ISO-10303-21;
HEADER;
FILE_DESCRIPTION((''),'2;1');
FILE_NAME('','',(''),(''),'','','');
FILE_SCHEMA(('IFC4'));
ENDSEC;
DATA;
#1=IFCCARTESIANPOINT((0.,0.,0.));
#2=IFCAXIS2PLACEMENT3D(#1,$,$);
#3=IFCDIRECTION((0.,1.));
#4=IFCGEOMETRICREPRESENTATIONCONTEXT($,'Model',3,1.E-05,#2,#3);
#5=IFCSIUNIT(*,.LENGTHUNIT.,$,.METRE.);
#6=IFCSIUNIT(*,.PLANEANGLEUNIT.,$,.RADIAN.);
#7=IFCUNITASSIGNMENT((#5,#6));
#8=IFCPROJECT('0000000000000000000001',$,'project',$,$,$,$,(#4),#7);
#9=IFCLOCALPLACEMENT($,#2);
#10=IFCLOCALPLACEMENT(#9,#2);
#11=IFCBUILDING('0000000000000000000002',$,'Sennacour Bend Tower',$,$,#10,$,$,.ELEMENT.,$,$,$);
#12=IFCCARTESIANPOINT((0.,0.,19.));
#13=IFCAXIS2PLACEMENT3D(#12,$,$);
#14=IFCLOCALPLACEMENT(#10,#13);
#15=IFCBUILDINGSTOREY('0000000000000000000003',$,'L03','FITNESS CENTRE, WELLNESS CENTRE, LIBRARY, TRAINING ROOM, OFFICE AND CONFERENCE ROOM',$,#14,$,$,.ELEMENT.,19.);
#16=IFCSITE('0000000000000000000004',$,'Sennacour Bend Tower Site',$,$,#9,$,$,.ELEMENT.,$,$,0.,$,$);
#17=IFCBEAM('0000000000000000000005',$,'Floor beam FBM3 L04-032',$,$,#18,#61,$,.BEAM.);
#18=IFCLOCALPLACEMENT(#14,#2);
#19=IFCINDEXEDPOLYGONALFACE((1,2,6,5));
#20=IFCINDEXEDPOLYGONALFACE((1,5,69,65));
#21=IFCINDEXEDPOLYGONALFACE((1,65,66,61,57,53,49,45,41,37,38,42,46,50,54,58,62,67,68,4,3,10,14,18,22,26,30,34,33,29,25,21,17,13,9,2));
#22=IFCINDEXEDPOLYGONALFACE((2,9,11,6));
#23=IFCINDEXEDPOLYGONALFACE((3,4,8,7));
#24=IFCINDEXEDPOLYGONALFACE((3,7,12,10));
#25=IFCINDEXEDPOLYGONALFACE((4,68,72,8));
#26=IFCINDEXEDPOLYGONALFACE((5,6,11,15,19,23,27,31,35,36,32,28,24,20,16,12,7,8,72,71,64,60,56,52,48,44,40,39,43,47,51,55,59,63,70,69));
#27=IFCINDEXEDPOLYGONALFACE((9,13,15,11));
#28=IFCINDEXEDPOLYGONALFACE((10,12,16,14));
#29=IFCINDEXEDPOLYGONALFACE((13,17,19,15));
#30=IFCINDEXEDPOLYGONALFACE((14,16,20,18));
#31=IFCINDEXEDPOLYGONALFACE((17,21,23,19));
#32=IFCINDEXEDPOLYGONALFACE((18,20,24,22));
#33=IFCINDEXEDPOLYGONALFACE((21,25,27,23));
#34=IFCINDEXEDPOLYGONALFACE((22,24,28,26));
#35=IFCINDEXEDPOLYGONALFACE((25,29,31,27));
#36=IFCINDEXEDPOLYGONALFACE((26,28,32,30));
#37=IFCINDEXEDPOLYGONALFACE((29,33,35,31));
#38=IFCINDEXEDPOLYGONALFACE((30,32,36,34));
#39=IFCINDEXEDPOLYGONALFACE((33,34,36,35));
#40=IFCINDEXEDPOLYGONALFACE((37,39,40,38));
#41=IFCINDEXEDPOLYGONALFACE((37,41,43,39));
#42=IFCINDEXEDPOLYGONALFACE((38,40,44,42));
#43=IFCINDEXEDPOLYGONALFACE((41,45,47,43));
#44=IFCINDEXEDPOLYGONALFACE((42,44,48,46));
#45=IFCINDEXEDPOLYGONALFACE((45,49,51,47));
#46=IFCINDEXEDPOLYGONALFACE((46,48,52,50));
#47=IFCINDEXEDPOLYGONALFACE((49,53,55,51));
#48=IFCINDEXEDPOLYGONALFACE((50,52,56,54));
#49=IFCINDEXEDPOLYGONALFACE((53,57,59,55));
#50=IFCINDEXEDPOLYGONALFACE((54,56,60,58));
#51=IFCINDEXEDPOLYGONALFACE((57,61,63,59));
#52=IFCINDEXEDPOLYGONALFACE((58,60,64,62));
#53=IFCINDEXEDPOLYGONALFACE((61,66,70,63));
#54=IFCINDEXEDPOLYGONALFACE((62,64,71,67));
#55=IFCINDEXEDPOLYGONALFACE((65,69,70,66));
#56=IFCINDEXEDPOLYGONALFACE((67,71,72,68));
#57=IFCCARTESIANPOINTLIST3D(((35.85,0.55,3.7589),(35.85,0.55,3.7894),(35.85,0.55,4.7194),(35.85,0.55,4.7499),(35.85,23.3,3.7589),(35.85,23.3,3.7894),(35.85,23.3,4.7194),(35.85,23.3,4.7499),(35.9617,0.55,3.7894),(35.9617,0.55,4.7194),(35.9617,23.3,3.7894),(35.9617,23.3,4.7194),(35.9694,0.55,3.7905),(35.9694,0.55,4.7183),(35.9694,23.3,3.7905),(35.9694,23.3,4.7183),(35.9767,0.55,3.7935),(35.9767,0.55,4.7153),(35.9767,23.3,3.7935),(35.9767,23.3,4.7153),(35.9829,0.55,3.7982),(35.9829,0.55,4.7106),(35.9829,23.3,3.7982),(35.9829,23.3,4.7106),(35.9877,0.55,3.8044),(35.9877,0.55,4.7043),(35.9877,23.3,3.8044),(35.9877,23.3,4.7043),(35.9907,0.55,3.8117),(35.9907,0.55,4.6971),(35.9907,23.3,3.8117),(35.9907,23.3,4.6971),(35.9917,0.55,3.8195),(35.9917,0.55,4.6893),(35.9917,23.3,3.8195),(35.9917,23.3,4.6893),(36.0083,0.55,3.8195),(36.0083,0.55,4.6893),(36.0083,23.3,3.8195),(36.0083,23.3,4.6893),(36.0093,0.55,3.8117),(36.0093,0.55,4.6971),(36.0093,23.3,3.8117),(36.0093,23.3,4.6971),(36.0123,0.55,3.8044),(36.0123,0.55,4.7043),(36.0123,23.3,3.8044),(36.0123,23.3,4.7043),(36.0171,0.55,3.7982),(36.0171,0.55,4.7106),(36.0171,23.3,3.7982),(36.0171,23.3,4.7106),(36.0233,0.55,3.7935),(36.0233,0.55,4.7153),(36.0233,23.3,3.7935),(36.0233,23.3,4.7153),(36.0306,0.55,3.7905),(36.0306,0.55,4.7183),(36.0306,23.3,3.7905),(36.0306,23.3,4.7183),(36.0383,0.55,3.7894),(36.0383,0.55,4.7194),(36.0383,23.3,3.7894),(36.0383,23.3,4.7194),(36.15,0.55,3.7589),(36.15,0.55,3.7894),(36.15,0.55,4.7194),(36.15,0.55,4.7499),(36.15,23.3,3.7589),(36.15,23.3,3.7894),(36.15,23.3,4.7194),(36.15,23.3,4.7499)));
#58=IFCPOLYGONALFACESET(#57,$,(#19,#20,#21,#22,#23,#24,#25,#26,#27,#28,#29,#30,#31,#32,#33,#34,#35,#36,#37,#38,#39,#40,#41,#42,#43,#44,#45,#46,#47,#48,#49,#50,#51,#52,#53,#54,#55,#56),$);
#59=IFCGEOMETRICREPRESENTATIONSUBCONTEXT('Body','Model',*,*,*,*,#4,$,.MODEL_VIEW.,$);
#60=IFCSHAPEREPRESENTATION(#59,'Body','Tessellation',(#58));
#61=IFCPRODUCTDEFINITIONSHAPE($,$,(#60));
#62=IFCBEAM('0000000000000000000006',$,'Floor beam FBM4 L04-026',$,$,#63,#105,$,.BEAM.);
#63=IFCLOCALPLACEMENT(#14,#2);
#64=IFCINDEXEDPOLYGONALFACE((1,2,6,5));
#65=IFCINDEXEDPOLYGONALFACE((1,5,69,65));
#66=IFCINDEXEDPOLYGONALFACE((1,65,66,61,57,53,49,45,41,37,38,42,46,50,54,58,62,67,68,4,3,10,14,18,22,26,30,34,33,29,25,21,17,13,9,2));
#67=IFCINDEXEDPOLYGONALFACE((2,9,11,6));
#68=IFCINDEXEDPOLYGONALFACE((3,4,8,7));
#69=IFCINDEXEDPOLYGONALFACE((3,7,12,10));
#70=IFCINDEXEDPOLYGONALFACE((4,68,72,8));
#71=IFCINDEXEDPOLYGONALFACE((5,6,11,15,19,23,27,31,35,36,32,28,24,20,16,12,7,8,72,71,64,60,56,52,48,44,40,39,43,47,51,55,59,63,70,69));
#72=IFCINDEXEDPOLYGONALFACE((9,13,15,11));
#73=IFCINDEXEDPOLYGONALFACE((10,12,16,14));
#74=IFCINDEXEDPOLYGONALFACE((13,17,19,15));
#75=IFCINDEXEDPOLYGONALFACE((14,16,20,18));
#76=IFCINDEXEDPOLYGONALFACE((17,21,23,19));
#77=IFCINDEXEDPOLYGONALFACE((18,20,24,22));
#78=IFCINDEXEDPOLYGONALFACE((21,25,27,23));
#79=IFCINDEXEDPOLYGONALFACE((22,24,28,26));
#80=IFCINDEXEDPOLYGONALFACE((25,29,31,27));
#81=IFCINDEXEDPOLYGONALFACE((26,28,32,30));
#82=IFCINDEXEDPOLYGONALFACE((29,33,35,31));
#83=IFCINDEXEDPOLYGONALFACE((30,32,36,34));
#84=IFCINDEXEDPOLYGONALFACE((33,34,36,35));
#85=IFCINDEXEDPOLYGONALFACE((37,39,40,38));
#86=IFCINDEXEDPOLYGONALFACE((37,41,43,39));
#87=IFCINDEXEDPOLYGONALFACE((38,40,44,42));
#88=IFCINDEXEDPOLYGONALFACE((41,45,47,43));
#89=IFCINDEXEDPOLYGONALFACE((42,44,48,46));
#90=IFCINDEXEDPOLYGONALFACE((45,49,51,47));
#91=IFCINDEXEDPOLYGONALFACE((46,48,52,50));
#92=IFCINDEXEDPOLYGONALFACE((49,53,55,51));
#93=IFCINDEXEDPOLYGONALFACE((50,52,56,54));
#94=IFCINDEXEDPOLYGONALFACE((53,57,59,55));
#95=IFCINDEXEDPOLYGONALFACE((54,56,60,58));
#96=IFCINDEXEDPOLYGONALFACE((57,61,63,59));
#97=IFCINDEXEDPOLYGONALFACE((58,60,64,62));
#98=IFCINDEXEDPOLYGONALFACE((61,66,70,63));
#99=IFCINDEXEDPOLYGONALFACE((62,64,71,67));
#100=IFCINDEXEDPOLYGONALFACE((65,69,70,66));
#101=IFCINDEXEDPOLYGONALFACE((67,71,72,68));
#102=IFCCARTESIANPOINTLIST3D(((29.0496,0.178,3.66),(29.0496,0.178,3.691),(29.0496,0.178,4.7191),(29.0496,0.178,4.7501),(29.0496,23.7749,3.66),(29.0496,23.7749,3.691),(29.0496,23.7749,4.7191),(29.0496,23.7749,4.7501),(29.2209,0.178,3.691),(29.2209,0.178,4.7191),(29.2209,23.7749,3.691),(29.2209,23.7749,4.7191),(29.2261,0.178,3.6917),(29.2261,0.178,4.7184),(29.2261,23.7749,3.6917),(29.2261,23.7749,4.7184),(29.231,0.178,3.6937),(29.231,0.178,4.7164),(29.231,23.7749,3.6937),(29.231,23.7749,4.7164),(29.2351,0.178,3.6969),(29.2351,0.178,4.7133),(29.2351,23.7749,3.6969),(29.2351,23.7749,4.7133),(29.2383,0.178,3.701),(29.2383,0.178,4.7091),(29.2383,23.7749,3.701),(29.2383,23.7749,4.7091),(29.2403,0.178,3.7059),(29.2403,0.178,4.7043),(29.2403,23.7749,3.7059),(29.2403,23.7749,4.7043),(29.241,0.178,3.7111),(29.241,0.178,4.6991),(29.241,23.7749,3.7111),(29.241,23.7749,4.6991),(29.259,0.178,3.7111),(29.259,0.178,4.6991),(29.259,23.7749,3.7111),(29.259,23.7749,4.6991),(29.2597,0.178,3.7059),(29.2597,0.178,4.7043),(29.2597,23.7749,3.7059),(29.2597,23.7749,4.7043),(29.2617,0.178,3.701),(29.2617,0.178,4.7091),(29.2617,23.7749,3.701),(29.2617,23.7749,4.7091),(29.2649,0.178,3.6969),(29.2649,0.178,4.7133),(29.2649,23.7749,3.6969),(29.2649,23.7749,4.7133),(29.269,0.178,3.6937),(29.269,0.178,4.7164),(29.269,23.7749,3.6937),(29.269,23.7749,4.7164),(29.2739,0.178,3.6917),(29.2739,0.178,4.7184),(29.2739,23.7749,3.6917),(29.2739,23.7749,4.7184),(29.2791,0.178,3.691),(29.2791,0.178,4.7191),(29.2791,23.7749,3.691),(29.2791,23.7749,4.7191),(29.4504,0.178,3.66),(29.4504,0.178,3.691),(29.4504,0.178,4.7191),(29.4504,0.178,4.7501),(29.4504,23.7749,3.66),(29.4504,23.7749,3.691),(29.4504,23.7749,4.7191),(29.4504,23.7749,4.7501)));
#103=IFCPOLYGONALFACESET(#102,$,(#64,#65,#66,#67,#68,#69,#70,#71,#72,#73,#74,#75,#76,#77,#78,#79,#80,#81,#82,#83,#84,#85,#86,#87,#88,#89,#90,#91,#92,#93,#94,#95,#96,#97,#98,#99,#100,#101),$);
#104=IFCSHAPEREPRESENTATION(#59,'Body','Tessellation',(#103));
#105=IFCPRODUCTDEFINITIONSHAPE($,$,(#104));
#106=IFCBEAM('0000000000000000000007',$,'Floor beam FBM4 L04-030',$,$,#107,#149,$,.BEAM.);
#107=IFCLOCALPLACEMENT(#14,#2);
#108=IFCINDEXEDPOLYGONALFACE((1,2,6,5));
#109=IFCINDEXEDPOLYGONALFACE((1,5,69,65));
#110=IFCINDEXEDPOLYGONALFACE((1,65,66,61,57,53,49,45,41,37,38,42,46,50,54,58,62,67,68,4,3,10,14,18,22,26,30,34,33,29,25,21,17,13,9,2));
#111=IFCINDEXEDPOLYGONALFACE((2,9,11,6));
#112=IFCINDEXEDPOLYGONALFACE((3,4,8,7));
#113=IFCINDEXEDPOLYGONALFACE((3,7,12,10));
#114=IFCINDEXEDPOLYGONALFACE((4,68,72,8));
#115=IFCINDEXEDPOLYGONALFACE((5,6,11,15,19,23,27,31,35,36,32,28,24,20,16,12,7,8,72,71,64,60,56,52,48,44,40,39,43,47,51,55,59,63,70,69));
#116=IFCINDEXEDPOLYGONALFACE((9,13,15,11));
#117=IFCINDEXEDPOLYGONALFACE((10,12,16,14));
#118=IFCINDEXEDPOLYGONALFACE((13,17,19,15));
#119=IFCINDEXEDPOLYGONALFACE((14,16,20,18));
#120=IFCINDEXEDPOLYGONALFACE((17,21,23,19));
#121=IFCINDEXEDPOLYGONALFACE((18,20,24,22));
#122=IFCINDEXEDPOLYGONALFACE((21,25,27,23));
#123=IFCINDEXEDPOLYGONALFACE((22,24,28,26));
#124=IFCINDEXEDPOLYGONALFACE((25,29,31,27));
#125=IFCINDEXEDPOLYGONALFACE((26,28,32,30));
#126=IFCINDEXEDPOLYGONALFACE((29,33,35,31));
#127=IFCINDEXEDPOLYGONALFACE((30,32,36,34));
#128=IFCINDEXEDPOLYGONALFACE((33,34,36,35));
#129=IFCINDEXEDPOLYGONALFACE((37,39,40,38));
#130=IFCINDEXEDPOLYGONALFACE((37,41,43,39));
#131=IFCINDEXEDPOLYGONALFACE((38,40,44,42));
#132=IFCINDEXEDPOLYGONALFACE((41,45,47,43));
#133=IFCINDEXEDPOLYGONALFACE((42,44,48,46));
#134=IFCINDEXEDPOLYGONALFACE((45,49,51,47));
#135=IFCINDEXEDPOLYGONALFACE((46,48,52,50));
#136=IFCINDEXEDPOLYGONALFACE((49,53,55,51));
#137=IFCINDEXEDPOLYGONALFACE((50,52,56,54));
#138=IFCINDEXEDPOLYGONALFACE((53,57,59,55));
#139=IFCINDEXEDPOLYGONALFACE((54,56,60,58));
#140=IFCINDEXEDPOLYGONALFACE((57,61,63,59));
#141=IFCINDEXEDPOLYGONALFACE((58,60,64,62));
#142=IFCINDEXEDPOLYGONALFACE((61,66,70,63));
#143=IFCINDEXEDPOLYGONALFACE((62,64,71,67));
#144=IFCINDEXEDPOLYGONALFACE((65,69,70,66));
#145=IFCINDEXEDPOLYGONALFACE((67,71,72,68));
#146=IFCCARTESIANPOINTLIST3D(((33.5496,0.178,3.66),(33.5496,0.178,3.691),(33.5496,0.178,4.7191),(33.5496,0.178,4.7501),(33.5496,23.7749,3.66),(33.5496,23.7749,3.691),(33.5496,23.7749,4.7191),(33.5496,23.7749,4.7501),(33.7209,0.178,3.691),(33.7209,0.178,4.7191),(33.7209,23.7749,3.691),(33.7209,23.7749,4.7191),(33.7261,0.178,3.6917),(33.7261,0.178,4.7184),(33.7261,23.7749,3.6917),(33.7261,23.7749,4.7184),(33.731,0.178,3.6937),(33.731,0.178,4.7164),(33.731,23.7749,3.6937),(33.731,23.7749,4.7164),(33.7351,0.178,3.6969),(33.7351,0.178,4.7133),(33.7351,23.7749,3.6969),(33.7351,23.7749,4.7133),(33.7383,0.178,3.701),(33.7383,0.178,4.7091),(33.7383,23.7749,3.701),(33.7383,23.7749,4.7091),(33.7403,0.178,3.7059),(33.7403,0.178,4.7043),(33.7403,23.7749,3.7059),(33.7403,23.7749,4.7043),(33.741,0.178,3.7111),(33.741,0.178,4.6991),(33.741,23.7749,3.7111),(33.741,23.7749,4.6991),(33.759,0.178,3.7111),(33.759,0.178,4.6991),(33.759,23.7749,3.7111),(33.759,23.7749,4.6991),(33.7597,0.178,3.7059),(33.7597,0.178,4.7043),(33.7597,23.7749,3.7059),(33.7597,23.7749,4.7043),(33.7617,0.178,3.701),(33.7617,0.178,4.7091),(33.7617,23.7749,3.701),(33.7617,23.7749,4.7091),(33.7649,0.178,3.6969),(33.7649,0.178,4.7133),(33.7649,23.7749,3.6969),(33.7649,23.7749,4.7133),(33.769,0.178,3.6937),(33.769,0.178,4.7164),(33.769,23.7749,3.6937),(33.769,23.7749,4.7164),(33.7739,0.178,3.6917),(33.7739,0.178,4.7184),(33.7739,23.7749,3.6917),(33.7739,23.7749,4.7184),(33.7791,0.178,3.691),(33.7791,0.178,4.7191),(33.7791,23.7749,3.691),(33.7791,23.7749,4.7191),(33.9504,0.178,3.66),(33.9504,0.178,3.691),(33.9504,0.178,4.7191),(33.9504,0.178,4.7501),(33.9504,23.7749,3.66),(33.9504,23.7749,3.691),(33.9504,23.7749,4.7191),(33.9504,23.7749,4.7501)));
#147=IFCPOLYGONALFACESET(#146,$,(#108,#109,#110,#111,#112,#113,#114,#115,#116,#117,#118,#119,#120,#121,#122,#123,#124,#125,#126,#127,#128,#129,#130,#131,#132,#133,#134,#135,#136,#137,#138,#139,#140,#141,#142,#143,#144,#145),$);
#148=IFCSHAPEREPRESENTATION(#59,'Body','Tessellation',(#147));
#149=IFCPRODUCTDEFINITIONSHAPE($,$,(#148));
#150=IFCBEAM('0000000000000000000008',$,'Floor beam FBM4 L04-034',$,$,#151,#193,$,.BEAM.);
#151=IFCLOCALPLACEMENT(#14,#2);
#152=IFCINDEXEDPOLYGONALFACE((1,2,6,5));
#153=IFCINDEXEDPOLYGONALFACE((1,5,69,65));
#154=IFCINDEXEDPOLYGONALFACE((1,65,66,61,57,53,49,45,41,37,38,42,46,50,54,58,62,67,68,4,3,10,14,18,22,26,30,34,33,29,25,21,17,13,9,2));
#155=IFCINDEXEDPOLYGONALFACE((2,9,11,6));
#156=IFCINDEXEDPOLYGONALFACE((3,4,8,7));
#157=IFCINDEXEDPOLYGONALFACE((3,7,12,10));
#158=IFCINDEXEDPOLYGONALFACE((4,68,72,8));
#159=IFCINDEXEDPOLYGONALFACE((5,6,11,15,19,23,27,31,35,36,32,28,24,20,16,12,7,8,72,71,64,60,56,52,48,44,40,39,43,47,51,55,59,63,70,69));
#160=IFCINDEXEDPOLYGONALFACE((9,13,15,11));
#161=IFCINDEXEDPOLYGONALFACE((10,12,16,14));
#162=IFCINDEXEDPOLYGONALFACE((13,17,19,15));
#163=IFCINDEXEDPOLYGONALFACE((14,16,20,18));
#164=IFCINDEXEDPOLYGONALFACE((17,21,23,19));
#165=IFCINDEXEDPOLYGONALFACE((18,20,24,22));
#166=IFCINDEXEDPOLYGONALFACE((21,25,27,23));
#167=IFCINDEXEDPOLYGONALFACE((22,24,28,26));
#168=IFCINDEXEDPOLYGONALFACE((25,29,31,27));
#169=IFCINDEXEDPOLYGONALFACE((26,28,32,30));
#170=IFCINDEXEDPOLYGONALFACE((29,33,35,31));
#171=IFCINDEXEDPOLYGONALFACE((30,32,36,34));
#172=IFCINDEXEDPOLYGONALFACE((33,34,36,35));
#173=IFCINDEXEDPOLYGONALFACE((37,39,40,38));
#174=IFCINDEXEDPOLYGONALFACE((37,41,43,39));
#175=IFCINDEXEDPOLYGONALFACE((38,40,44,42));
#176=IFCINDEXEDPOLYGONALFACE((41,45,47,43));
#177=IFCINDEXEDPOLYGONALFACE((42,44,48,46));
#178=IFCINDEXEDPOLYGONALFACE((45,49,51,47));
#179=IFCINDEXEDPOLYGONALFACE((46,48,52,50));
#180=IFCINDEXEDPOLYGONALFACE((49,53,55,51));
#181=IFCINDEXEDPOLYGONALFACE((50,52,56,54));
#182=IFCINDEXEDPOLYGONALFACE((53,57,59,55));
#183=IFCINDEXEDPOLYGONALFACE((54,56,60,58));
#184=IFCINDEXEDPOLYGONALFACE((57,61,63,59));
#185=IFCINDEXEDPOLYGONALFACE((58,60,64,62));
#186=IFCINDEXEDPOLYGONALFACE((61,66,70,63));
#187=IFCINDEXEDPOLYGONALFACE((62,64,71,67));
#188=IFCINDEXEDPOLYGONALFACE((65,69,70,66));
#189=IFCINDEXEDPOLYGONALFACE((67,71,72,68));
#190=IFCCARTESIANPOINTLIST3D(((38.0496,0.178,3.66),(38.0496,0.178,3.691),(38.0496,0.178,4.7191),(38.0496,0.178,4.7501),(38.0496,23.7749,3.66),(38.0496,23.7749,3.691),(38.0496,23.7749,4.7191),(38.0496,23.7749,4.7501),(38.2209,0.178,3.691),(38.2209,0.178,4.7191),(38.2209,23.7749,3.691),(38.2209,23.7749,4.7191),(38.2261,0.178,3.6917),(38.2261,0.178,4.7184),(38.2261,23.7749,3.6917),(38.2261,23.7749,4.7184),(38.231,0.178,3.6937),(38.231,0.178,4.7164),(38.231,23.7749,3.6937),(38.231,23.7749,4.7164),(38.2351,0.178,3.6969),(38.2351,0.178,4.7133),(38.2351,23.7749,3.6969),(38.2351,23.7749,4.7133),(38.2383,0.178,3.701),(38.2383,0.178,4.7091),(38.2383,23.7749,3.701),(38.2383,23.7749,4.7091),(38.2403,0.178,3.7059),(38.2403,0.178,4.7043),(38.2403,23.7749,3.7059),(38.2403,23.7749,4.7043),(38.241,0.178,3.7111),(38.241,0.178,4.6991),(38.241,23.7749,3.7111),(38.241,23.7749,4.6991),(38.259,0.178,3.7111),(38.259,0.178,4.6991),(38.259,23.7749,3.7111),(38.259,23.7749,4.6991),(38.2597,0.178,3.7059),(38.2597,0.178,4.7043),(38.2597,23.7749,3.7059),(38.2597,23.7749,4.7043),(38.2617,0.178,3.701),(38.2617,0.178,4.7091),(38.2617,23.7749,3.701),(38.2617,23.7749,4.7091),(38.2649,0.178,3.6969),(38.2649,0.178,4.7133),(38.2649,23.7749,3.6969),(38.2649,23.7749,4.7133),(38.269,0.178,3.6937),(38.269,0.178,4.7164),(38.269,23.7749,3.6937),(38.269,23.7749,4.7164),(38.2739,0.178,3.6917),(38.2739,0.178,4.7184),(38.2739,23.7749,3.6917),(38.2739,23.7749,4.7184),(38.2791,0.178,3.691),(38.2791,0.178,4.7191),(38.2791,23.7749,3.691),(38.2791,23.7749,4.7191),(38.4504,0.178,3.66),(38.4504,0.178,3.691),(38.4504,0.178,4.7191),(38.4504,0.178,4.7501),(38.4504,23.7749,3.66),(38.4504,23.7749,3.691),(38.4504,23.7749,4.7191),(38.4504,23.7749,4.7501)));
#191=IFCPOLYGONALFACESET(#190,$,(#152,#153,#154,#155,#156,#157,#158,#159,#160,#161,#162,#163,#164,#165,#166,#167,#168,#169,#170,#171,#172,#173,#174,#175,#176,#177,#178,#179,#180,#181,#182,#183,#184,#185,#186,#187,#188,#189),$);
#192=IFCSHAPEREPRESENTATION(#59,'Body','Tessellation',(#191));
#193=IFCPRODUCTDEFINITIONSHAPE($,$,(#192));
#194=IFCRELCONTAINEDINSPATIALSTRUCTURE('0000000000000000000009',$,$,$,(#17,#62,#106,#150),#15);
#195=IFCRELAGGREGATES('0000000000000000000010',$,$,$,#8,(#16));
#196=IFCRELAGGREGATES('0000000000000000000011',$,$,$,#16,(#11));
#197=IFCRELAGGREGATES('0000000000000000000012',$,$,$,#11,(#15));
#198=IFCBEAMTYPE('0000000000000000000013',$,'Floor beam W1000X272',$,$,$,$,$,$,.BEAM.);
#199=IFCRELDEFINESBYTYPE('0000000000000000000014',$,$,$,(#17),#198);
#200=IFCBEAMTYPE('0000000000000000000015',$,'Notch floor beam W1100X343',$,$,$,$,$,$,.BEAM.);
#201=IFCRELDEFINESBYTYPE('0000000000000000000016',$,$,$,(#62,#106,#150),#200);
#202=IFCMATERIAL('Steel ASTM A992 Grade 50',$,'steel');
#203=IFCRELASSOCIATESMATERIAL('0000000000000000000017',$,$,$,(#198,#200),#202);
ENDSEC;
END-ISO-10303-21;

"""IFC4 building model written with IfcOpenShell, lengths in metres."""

from ifc_helpers import new_model, si_unit, direction, frame, origin, origin_2d, place, context, subcontext, project, spatial, i_section, extrude, material, material_profile, profile_set, type_object, element, save


model = new_model("IFC4")

# Units and contexts
model_context = context("Model", 3, precision=1e-05, world=origin(), true_north=direction((0.0, 1.0)))
body_context = subcontext(model_context, "Body", "Model", "MODEL_VIEW")
ifc_project = project(units=[si_unit("LENGTHUNIT", "METRE"), si_unit("PLANEANGLEUNIT", "RADIAN")], contexts=[model_context])

# Site, building, storey
site_placement = place(None, origin())
site = spatial("IfcSite", under=ifc_project, at=site_placement, Name="Sennacour Bend Tower Site", CompositionType="ELEMENT", RefElevation=0.0)
building_placement = place(site_placement, origin())
building = spatial("IfcBuilding", under=site, at=building_placement, Name="Sennacour Bend Tower", CompositionType="ELEMENT")
storey_placement = place(building_placement, frame((0.0, 0.0, 19.0)))
storey = spatial("IfcBuildingStorey", under=building, at=storey_placement, Name="L03", Description="FITNESS CENTRE, WELLNESS CENTRE, LIBRARY, TRAINING ROOM, OFFICE AND CONFERENCE ROOM", CompositionType="ELEMENT", Elevation=19.0)

# Beams
ifc_material_1 = material(Name="Steel ASTM A992 Grade 50", Category="steel")
ifc_material_profile_1 = material_profile(ifc_material_1, i_section(OverallWidth=0.3, OverallDepth=0.991, WebThickness=0.0166, FlangeThickness=0.0305, FilletRadius=0.03, at=origin_2d()), Name="Steel ASTM A992 Grade 50", Category="steel")
ifc_profile_set_1 = profile_set([ifc_material_profile_1], Name="Steel ASTM A992 Grade 50")
beam_type_1 = type_object("IfcBeamType", Name="Floor beam W1000X272", PredefinedType="BEAM", material=ifc_profile_set_1)
beam_placement = place(storey_placement, frame((36.0, 0.55, 4.2544), z_axis=(0.0, 1.0, 0.0), x_axis=(-1.0, 0.0, 0.0)))
element("IfcBeam", 1, at=beam_placement, inside=storey, type_object=beam_type_1, Name="Floor beam FBM3 L04-032", PredefinedType="BEAM", context=body_context, shape_type="SweptSolid", body=[
    extrude(i_section(OverallWidth=0.3, OverallDepth=0.991, WebThickness=0.0166, FlangeThickness=0.0305, FilletRadius=0.03, at=origin_2d()), origin(), (0.0, 0.0, 1.0), 22.75),
])
ifc_material_profile_2 = material_profile(ifc_material_1, i_section(OverallWidth=0.4009, OverallDepth=1.0901, WebThickness=0.0181, FlangeThickness=0.031, FilletRadius=0.02, at=origin_2d()), Name="Steel ASTM A992 Grade 50", Category="steel")
ifc_profile_set_2 = profile_set([ifc_material_profile_2], Name="Steel ASTM A992 Grade 50")
beam_type_2 = type_object("IfcBeamType", Name="Notch floor beam W1100X343", PredefinedType="BEAM", material=ifc_profile_set_2)
for number, where, z_axis, x_axis, name in (
    (2, (29.25, 0.178, 4.2051), (0.0, 1.0, 0.0), (-1.0, 0.0, 0.0), "Floor beam FBM4 L04-026"),
    (3, (33.75, 0.178, 4.2051), (0.0, 1.0, 0.0), (-1.0, 0.0, 0.0), "Floor beam FBM4 L04-030"),
    (4, (38.25, 0.178, 4.2051), (0.0, 1.0, 0.0), (-1.0, 0.0, 0.0), "Floor beam FBM4 L04-034"),
):
    element("IfcBeam", number, at=place(storey_placement, frame(where, z_axis=z_axis, x_axis=x_axis)), inside=storey, type_object=beam_type_2, Name=name, PredefinedType="BEAM", context=body_context, shape_type="SweptSolid", body=[
        extrude(i_section(OverallWidth=0.4009, OverallDepth=1.0901, WebThickness=0.0181, FlangeThickness=0.031, FilletRadius=0.02, at=origin_2d()), origin(), (0.0, 0.0, 1.0), 23.5969),
    ])

save(model, "model.ifc")
